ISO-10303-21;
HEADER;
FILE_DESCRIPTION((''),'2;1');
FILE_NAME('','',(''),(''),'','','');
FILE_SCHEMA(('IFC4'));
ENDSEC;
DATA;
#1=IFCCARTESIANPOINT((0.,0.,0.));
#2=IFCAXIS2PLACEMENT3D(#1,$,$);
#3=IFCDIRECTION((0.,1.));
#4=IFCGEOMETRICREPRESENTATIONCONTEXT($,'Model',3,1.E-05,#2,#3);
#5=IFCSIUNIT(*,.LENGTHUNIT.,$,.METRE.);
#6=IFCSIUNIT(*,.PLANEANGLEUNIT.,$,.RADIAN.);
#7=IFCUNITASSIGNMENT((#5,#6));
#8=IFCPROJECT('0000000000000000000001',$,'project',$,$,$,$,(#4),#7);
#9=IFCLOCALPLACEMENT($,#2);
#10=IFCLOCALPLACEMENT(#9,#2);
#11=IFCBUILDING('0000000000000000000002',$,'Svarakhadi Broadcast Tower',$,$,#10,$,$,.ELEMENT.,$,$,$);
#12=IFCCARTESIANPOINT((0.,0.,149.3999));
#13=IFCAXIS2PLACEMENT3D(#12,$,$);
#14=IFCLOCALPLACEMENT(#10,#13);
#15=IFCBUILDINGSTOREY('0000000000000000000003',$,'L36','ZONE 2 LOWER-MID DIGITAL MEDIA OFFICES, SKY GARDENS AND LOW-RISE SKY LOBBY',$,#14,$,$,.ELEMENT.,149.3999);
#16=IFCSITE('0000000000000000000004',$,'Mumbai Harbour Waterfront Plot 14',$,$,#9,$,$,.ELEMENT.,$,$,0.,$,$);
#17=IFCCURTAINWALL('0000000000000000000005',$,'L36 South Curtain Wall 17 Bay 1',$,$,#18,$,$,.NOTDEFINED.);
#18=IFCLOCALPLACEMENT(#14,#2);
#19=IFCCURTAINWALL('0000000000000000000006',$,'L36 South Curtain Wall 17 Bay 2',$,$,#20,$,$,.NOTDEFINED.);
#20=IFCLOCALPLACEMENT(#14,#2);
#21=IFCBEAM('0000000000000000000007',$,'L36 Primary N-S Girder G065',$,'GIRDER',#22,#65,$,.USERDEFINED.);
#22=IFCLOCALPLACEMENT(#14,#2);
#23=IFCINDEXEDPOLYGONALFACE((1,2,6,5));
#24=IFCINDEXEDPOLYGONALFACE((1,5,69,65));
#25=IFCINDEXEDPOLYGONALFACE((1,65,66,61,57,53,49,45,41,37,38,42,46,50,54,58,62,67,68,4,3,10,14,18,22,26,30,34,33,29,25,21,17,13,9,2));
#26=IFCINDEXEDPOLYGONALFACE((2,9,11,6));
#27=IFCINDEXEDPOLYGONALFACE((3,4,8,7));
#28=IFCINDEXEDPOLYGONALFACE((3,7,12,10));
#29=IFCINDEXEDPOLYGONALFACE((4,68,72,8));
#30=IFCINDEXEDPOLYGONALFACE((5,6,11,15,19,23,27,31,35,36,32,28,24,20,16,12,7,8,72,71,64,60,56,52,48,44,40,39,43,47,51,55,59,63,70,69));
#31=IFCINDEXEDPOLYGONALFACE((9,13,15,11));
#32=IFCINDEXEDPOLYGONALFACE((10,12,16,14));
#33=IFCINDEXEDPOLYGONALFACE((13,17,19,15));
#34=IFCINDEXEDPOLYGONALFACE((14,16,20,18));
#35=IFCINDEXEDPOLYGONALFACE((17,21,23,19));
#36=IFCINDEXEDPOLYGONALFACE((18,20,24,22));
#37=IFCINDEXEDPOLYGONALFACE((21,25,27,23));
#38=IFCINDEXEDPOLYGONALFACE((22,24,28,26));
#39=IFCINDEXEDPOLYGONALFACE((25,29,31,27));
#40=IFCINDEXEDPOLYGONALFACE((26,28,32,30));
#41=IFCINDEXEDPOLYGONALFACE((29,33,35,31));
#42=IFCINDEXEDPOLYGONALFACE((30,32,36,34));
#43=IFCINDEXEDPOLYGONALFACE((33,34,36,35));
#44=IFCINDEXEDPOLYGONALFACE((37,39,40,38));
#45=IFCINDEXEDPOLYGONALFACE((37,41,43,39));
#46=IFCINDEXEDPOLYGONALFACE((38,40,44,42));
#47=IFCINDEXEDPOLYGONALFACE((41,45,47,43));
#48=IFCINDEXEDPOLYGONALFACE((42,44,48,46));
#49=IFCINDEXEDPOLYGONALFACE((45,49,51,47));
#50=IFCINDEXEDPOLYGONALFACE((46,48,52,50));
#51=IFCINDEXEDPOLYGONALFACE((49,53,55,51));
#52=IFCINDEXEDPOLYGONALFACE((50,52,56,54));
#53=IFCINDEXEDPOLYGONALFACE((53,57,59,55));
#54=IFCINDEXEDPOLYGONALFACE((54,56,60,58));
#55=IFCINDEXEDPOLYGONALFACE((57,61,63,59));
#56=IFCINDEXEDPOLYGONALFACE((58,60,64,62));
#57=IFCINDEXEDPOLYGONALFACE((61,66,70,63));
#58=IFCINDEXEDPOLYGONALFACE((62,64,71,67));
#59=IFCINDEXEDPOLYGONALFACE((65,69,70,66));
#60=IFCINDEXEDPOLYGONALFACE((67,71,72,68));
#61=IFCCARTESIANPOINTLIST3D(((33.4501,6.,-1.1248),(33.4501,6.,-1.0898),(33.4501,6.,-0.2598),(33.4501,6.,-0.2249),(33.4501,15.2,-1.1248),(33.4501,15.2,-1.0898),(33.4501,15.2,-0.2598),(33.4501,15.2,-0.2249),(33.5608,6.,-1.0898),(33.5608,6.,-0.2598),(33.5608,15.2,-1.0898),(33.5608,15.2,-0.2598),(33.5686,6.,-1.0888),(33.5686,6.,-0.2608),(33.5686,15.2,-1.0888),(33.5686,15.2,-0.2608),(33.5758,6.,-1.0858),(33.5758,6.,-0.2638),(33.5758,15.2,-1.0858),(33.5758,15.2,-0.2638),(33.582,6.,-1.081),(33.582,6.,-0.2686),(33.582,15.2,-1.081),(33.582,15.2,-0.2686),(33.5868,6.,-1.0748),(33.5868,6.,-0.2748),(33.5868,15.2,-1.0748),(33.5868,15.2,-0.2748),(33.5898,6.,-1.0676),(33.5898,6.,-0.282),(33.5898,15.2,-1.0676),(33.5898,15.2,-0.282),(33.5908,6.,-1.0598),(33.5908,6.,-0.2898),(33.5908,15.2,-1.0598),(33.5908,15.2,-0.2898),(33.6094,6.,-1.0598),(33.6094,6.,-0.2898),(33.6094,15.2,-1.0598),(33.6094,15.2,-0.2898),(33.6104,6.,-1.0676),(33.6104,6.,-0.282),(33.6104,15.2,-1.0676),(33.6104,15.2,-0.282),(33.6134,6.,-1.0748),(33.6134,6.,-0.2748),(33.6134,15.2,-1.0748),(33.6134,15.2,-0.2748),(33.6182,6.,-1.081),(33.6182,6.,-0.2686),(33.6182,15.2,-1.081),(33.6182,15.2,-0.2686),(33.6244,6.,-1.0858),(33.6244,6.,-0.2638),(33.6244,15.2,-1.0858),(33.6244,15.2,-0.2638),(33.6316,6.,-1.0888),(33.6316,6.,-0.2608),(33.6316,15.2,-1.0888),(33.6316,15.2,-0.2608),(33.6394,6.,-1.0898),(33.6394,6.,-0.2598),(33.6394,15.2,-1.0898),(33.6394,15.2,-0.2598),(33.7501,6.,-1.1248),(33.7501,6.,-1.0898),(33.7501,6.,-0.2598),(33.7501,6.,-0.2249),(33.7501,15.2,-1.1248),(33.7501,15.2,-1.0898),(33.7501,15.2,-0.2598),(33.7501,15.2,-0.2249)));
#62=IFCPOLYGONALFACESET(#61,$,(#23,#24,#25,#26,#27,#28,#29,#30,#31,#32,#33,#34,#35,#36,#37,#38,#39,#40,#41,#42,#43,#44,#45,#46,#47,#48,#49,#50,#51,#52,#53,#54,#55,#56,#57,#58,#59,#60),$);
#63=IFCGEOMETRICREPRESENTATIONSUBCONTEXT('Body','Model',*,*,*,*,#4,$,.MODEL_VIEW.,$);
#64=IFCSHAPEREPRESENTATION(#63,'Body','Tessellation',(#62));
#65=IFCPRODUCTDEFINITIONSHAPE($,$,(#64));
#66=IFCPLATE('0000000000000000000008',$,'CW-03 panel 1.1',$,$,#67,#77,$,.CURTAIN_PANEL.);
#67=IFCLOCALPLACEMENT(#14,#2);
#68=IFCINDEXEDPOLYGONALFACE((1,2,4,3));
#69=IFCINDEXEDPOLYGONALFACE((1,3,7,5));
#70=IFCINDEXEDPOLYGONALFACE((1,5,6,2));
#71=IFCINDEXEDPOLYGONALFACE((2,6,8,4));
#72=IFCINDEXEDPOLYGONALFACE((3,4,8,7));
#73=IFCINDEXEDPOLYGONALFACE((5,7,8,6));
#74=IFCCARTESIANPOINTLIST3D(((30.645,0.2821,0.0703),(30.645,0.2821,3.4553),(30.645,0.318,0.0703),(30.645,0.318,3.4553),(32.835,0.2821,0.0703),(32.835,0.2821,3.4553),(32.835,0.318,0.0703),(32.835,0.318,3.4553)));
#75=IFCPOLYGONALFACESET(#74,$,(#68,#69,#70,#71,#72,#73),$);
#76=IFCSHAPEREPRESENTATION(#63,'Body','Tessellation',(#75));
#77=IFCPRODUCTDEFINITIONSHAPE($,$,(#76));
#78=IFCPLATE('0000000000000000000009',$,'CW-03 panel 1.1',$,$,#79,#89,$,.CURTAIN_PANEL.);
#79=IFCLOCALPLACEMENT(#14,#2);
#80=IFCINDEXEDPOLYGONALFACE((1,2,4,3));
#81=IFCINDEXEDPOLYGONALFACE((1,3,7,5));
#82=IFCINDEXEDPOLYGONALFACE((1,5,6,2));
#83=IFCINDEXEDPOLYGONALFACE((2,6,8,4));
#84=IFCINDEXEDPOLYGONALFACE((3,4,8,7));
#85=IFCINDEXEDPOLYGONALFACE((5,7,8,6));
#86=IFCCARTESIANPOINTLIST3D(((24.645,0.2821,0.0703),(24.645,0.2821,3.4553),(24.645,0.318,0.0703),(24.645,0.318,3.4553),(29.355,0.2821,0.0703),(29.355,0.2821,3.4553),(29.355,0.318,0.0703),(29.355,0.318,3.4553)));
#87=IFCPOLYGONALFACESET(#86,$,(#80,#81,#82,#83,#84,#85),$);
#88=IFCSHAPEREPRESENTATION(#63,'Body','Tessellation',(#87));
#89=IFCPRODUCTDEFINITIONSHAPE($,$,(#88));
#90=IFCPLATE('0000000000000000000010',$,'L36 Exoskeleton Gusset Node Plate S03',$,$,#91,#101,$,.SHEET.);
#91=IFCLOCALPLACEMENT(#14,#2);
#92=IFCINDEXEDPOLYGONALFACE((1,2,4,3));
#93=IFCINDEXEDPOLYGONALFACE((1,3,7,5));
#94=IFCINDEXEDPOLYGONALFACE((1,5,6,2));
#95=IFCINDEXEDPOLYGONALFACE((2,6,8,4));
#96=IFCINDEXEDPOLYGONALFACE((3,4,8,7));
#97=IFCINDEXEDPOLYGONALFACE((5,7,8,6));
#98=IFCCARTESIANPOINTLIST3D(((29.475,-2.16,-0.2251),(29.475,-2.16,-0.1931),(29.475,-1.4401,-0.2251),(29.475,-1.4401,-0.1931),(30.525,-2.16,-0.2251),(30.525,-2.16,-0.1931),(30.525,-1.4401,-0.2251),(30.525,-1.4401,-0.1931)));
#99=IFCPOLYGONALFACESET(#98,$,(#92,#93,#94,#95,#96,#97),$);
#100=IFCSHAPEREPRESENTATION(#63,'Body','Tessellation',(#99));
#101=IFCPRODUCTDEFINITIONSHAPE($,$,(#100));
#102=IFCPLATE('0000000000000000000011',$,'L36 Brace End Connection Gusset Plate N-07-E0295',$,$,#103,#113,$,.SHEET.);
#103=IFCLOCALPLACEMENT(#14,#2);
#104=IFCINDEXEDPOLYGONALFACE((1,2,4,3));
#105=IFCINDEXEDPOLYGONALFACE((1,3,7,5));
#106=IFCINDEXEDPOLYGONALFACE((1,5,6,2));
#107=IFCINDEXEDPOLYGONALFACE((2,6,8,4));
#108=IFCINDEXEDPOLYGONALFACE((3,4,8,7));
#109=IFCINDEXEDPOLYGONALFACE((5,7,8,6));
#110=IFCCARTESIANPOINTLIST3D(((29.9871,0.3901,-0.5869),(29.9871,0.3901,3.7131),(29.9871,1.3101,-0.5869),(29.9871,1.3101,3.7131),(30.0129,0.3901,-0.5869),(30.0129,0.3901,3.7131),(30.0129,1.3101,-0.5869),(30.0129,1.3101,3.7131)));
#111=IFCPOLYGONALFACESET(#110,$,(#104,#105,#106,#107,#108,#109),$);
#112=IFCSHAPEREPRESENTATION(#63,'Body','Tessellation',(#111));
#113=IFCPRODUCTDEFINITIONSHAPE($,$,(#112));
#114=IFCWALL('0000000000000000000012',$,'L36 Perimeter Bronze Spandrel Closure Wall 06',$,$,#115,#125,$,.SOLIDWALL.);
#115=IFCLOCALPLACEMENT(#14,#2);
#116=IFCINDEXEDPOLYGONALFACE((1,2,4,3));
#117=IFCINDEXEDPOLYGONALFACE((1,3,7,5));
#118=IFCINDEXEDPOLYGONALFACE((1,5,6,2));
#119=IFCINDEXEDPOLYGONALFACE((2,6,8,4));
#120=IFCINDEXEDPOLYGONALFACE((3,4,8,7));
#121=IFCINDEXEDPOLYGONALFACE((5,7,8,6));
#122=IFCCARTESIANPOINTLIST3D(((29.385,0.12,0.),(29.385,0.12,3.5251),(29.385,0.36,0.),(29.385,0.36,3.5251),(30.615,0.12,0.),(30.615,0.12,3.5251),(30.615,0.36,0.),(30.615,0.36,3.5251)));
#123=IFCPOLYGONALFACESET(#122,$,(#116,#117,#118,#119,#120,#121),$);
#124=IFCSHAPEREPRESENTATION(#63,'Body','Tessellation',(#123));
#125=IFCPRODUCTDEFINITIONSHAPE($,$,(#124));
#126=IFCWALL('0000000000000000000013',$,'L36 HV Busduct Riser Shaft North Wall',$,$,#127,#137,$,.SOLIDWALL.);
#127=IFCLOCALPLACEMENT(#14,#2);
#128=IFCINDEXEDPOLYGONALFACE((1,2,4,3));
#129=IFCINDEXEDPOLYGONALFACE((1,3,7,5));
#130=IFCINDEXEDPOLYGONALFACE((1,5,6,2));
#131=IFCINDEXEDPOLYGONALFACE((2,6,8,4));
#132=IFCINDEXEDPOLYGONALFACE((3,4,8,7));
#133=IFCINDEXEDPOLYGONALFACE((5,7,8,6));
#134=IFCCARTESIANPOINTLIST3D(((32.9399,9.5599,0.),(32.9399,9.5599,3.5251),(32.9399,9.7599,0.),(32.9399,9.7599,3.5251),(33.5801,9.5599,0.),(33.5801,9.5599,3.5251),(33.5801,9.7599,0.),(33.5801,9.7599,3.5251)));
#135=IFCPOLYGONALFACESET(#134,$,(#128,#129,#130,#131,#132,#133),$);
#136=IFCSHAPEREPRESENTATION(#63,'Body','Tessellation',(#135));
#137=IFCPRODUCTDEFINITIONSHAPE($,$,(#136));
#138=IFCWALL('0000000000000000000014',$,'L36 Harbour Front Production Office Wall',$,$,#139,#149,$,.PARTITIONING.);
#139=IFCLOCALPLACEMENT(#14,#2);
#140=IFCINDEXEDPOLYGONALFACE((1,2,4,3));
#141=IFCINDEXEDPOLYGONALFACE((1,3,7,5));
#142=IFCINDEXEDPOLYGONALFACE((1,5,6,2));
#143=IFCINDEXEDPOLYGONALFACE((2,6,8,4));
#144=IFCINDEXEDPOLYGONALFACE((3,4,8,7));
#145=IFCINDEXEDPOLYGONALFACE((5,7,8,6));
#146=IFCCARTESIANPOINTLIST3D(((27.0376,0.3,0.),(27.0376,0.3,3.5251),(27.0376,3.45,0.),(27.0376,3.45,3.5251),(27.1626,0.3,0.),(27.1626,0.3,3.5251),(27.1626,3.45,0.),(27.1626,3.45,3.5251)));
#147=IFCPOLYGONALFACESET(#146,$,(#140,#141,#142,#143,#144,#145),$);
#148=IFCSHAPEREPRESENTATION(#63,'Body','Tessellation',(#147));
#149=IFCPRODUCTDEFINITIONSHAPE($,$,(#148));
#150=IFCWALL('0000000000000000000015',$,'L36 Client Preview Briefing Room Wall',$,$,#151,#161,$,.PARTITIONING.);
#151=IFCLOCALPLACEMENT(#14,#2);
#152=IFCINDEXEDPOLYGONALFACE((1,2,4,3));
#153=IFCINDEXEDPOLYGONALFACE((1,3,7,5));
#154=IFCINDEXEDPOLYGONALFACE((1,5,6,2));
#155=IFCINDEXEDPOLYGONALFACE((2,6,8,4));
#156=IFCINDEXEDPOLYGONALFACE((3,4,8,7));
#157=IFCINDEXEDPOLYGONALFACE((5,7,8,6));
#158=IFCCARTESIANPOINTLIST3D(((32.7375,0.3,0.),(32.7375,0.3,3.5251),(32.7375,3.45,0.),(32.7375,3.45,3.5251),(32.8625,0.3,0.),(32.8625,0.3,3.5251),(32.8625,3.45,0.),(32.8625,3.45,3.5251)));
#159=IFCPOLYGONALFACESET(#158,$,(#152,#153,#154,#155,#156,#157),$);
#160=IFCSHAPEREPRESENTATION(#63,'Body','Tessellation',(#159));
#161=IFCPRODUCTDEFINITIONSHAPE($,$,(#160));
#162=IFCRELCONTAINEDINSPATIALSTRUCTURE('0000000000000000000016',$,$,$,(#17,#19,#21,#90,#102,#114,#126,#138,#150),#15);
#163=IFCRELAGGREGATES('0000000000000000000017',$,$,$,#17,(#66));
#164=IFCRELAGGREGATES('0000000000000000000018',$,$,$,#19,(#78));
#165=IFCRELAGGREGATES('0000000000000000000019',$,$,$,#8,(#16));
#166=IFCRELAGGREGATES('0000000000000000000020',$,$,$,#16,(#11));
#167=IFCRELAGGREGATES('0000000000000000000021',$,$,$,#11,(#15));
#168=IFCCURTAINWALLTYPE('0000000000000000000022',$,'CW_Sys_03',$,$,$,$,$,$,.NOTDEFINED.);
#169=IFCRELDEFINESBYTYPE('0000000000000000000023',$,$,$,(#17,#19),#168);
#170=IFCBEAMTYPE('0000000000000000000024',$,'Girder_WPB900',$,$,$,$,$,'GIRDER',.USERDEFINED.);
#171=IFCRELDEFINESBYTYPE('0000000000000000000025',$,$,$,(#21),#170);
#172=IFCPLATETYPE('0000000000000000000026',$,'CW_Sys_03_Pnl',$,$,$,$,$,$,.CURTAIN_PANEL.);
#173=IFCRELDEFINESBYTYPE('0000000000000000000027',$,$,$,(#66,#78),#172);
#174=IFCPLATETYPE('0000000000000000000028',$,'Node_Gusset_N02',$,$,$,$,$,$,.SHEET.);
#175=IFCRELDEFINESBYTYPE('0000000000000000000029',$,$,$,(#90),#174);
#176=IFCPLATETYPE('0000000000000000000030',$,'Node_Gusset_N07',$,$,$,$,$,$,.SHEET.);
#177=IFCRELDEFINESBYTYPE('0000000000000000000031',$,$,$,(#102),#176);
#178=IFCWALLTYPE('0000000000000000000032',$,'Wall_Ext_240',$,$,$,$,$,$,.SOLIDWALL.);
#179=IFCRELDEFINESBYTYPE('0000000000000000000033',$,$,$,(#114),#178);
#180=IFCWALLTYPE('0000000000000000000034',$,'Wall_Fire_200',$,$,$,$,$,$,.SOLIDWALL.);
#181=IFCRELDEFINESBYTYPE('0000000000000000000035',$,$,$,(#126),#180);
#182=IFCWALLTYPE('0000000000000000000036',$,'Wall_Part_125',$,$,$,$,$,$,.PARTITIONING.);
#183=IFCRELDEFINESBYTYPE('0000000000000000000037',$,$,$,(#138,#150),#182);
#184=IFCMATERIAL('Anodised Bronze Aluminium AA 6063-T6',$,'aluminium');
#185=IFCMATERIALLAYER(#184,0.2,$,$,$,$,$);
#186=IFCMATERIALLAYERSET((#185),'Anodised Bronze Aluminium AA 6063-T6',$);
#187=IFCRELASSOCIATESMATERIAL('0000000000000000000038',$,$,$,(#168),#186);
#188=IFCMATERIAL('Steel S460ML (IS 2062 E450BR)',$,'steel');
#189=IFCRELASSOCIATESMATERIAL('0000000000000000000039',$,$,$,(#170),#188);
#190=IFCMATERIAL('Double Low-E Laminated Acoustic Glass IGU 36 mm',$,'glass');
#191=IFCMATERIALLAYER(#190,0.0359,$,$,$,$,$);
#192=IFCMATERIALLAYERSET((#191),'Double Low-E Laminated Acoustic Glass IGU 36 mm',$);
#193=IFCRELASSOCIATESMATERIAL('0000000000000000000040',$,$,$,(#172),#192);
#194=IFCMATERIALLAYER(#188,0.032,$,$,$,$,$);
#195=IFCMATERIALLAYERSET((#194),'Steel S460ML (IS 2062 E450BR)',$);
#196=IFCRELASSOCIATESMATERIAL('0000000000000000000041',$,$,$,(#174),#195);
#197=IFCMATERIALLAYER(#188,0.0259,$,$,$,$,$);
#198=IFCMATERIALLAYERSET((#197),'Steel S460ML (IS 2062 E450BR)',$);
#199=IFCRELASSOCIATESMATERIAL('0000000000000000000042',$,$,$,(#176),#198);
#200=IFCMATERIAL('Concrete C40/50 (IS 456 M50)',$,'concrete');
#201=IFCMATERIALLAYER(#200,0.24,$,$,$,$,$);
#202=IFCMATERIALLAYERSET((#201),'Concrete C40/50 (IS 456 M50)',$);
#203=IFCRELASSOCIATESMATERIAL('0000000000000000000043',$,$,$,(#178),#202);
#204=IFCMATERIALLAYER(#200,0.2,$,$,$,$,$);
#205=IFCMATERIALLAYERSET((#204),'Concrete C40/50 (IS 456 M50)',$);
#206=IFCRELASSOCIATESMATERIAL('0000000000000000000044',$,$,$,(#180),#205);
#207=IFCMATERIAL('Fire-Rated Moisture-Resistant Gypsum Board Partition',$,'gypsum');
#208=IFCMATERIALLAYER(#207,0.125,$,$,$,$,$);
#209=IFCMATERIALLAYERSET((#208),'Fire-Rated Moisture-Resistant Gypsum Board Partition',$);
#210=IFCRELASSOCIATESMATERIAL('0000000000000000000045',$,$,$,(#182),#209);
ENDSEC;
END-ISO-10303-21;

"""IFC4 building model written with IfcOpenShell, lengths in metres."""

from ifc_helpers import new_model, si_unit, direction, frame, frame_2d, origin, origin_2d, place, context, subcontext, project, spatial, rectangle, i_section, extrude, material, layer, layer_set, material_profile, profile_set, type_object, element, aggregate, save


model = new_model("IFC4")

# Units and contexts
model_context = context("Model", 3, precision=1e-05, world=origin(), true_north=direction((0.0, 1.0)))
body_context = subcontext(model_context, "Body", "Model", "MODEL_VIEW")
ifc_project = project(units=[si_unit("LENGTHUNIT", "METRE"), si_unit("PLANEANGLEUNIT", "RADIAN")], contexts=[model_context])

# Site, building, storey
site_placement = place(None, origin())
site = spatial("IfcSite", under=ifc_project, at=site_placement, Name="Mumbai Harbour Waterfront Plot 14", CompositionType="ELEMENT", RefElevation=0.0)
building_placement = place(site_placement, origin())
building = spatial("IfcBuilding", under=site, at=building_placement, Name="Svarakhadi Broadcast Tower", CompositionType="ELEMENT")
storey_placement = place(building_placement, frame((0.0, 0.0, 149.3999)))
storey = spatial("IfcBuildingStorey", under=building, at=storey_placement, Name="L36", Description="ZONE 2 LOWER-MID DIGITAL MEDIA OFFICES, SKY GARDENS AND LOW-RISE SKY LOBBY", CompositionType="ELEMENT", Elevation=149.3999)

# Curtain wall
ifc_material_1 = material(Name="Anodised Bronze Aluminium AA 6063-T6", Category="aluminium")
ifc_layer_1 = layer(ifc_material_1, 0.2)
ifc_layer_set_1 = layer_set([ifc_layer_1], Name="Anodised Bronze Aluminium AA 6063-T6")
curtain_wall_type = type_object("IfcCurtainWallType", Name="CW_Sys_03", PredefinedType="NOTDEFINED", material=ifc_layer_set_1)
curtain_wall_1_placement = place(storey_placement, origin())
curtain_wall_1 = element("IfcCurtainWall", 1, at=curtain_wall_1_placement, inside=storey, type_object=curtain_wall_type, Name="L36 South Curtain Wall 17 Bay 1", PredefinedType="NOTDEFINED")

# Curtain wall
curtain_wall_2_placement = place(storey_placement, origin())
curtain_wall_2 = element("IfcCurtainWall", 2, at=curtain_wall_2_placement, inside=storey, type_object=curtain_wall_type, Name="L36 South Curtain Wall 17 Bay 2", PredefinedType="NOTDEFINED")

# Shared definitions
ifc_material_2 = material(Name="Steel S460ML (IS 2062 E450BR)", Category="steel")

# Beam
ifc_material_profile_1 = material_profile(ifc_material_2, i_section(OverallWidth=0.3, OverallDepth=0.8999, WebThickness=0.0186, FlangeThickness=0.0349, FilletRadius=0.03, at=origin_2d()), Name="WPB 900x300x291")
ifc_profile_set_1 = profile_set([ifc_material_profile_1], Name="Steel S460ML (IS 2062 E450BR)")
beam_type_1 = type_object("IfcBeamType", Name="Girder_WPB900", ElementType="GIRDER", PredefinedType="USERDEFINED", material=ifc_profile_set_1)
beam_1_placement = place(storey_placement, frame((33.6001, 6.0, -0.6748), z_axis=(0.0, 1.0, 0.0), x_axis=(-1.0, 0.0, 0.0)))
element("IfcBeam", 3, at=beam_1_placement, inside=storey, type_object=beam_type_1, Name="L36 Primary N-S Girder G065", ObjectType="GIRDER", PredefinedType="USERDEFINED", context=body_context, shape_type="SweptSolid", body=[
    extrude(i_section(OverallWidth=0.3, OverallDepth=0.8999, WebThickness=0.0186, FlangeThickness=0.0349, FilletRadius=0.03, at=origin_2d()), origin(), (0.0, 0.0, 1.0), 9.2),
])

# Plates
ifc_material_3 = material(Name="Double Low-E Laminated Acoustic Glass IGU 36 mm", Category="glass")
ifc_layer_2 = layer(ifc_material_3, 0.0359)
ifc_layer_set_2 = layer_set([ifc_layer_2], Name="Double Low-E Laminated Acoustic Glass IGU 36 mm")
plate_type_1 = type_object("IfcPlateType", Name="CW_Sys_03_Pnl", PredefinedType="CURTAIN_PANEL", material=ifc_layer_set_2)
plate_1_placement = place(storey_placement, frame((31.74, 0.3, 0.0703), z_axis=(0.0, 0.0, 1.0), x_axis=(-1.0, 0.0, 0.0)))
plate_1 = element("IfcPlate", 4, at=plate_1_placement, type_object=plate_type_1, Name="CW-03 panel 1.1", PredefinedType="CURTAIN_PANEL", context=body_context, shape_type="SweptSolid", body=[
    extrude(rectangle(XDim=2.1899, YDim=0.0359, at=origin_2d()), origin(), (0.0, 0.0, 1.0), 3.385),
])
aggregate(curtain_wall_1, [plate_1])
plate_2_placement = place(storey_placement, frame((27.0, 0.3, 0.0703), z_axis=(0.0, 0.0, 1.0), x_axis=(-1.0, 0.0, 0.0)))
plate_2 = element("IfcPlate", 5, at=plate_2_placement, type_object=plate_type_1, Name="CW-03 panel 1.1", PredefinedType="CURTAIN_PANEL", context=body_context, shape_type="SweptSolid", body=[
    extrude(rectangle(XDim=4.71, YDim=0.0359, at=origin_2d()), origin(), (0.0, 0.0, 1.0), 3.385),
])
aggregate(curtain_wall_2, [plate_2])

# Plates
ifc_layer_3 = layer(ifc_material_2, 0.032)
ifc_layer_set_3 = layer_set([ifc_layer_3], Name="Steel S460ML (IS 2062 E450BR)")
plate_type_2 = type_object("IfcPlateType", Name="Node_Gusset_N02", PredefinedType="SHEET", material=ifc_layer_set_3)
plate_3_placement = place(storey_placement, frame((30.0, -1.8, -0.2251), z_axis=(0.0, 0.0, 1.0), x_axis=(1.0, 0.0, 0.0)))
element("IfcPlate", 6, at=plate_3_placement, inside=storey, type_object=plate_type_2, Name="L36 Exoskeleton Gusset Node Plate S03", PredefinedType="SHEET", context=body_context, shape_type="SweptSolid", body=[
    extrude(rectangle(XDim=1.05, YDim=0.72, at=origin_2d()), origin(), (0.0, 0.0, 1.0), 0.032),
])
ifc_layer_4 = layer(ifc_material_2, 0.0259)
ifc_layer_set_4 = layer_set([ifc_layer_4], Name="Steel S460ML (IS 2062 E450BR)")
plate_type_3 = type_object("IfcPlateType", Name="Node_Gusset_N07", PredefinedType="SHEET", material=ifc_layer_set_4)
plate_4_placement = place(storey_placement, frame((30.0, 0.8501, -0.5869), z_axis=(0.0, 0.0, 1.0), x_axis=(0.0, 1.0, 0.0)))
element("IfcPlate", 7, at=plate_4_placement, inside=storey, type_object=plate_type_3, Name="L36 Brace End Connection Gusset Plate N-07-E0295", PredefinedType="SHEET", context=body_context, shape_type="SweptSolid", body=[
    extrude(rectangle(XDim=0.9199, YDim=0.0259, at=origin_2d()), origin(), (0.0, 0.0, 1.0), 4.3),
])

# Walls
ifc_material_4 = material(Name="Concrete C40/50 (IS 456 M50)", Category="concrete")
ifc_layer_5 = layer(ifc_material_4, 0.24)
ifc_layer_set_5 = layer_set([ifc_layer_5], Name="Concrete C40/50 (IS 456 M50)")
wall_type_1 = type_object("IfcWallType", Name="Wall_Ext_240", PredefinedType="SOLIDWALL", material=ifc_layer_set_5)
wall_1_placement = place(storey_placement, frame((30.615, 0.24, 0.0), z_axis=(0.0, 0.0, 1.0), x_axis=(-1.0, 0.0, 0.0)))
element("IfcWall", 8, at=wall_1_placement, inside=storey, type_object=wall_type_1, Name="L36 Perimeter Bronze Spandrel Closure Wall 06", PredefinedType="SOLIDWALL", context=body_context, shape_type="SweptSolid", body=[
    extrude(rectangle(XDim=1.23, YDim=0.24, at=frame_2d((0.615, 0.0))), origin(), (0.0, 0.0, 1.0), 3.5251),
])
ifc_layer_6 = layer(ifc_material_4, 0.2)
ifc_layer_set_6 = layer_set([ifc_layer_6], Name="Concrete C40/50 (IS 456 M50)")
wall_type_2 = type_object("IfcWallType", Name="Wall_Fire_200", PredefinedType="SOLIDWALL", material=ifc_layer_set_6)
wall_2_placement = place(storey_placement, frame((32.9399, 9.6599, 0.0), z_axis=(0.0, 0.0, 1.0), x_axis=(1.0, 0.0, 0.0)))
element("IfcWall", 9, at=wall_2_placement, inside=storey, type_object=wall_type_2, Name="L36 HV Busduct Riser Shaft North Wall", PredefinedType="SOLIDWALL", context=body_context, shape_type="SweptSolid", body=[
    extrude(rectangle(XDim=0.6401, YDim=0.2, at=frame_2d((0.3201, 0.0))), origin(), (0.0, 0.0, 1.0), 3.5251),
])
ifc_material_5 = material(Name="Fire-Rated Moisture-Resistant Gypsum Board Partition", Category="gypsum")
ifc_layer_7 = layer(ifc_material_5, 0.125)
ifc_layer_set_7 = layer_set([ifc_layer_7], Name="Fire-Rated Moisture-Resistant Gypsum Board Partition")
wall_type_3 = type_object("IfcWallType", Name="Wall_Part_125", PredefinedType="PARTITIONING", material=ifc_layer_set_7)
for number, where, z_axis, x_axis, name in (
    (10, (27.1001, 0.3, 0.0), (0.0, 0.0, 1.0), (0.0, 1.0, 0.0), "L36 Harbour Front Production Office Wall"),
    (11, (32.8, 0.3, 0.0), (0.0, 0.0, 1.0), (0.0, 1.0, 0.0), "L36 Client Preview Briefing Room Wall"),
):
    element("IfcWall", number, at=place(storey_placement, frame(where, z_axis=z_axis, x_axis=x_axis)), inside=storey, type_object=wall_type_3, Name=name, PredefinedType="PARTITIONING", context=body_context, shape_type="SweptSolid", body=[
        extrude(rectangle(XDim=3.1499, YDim=0.125, at=frame_2d((1.575, 0.0))), origin(), (0.0, 0.0, 1.0), 3.5251),
    ])

save(model, "model.ifc")
